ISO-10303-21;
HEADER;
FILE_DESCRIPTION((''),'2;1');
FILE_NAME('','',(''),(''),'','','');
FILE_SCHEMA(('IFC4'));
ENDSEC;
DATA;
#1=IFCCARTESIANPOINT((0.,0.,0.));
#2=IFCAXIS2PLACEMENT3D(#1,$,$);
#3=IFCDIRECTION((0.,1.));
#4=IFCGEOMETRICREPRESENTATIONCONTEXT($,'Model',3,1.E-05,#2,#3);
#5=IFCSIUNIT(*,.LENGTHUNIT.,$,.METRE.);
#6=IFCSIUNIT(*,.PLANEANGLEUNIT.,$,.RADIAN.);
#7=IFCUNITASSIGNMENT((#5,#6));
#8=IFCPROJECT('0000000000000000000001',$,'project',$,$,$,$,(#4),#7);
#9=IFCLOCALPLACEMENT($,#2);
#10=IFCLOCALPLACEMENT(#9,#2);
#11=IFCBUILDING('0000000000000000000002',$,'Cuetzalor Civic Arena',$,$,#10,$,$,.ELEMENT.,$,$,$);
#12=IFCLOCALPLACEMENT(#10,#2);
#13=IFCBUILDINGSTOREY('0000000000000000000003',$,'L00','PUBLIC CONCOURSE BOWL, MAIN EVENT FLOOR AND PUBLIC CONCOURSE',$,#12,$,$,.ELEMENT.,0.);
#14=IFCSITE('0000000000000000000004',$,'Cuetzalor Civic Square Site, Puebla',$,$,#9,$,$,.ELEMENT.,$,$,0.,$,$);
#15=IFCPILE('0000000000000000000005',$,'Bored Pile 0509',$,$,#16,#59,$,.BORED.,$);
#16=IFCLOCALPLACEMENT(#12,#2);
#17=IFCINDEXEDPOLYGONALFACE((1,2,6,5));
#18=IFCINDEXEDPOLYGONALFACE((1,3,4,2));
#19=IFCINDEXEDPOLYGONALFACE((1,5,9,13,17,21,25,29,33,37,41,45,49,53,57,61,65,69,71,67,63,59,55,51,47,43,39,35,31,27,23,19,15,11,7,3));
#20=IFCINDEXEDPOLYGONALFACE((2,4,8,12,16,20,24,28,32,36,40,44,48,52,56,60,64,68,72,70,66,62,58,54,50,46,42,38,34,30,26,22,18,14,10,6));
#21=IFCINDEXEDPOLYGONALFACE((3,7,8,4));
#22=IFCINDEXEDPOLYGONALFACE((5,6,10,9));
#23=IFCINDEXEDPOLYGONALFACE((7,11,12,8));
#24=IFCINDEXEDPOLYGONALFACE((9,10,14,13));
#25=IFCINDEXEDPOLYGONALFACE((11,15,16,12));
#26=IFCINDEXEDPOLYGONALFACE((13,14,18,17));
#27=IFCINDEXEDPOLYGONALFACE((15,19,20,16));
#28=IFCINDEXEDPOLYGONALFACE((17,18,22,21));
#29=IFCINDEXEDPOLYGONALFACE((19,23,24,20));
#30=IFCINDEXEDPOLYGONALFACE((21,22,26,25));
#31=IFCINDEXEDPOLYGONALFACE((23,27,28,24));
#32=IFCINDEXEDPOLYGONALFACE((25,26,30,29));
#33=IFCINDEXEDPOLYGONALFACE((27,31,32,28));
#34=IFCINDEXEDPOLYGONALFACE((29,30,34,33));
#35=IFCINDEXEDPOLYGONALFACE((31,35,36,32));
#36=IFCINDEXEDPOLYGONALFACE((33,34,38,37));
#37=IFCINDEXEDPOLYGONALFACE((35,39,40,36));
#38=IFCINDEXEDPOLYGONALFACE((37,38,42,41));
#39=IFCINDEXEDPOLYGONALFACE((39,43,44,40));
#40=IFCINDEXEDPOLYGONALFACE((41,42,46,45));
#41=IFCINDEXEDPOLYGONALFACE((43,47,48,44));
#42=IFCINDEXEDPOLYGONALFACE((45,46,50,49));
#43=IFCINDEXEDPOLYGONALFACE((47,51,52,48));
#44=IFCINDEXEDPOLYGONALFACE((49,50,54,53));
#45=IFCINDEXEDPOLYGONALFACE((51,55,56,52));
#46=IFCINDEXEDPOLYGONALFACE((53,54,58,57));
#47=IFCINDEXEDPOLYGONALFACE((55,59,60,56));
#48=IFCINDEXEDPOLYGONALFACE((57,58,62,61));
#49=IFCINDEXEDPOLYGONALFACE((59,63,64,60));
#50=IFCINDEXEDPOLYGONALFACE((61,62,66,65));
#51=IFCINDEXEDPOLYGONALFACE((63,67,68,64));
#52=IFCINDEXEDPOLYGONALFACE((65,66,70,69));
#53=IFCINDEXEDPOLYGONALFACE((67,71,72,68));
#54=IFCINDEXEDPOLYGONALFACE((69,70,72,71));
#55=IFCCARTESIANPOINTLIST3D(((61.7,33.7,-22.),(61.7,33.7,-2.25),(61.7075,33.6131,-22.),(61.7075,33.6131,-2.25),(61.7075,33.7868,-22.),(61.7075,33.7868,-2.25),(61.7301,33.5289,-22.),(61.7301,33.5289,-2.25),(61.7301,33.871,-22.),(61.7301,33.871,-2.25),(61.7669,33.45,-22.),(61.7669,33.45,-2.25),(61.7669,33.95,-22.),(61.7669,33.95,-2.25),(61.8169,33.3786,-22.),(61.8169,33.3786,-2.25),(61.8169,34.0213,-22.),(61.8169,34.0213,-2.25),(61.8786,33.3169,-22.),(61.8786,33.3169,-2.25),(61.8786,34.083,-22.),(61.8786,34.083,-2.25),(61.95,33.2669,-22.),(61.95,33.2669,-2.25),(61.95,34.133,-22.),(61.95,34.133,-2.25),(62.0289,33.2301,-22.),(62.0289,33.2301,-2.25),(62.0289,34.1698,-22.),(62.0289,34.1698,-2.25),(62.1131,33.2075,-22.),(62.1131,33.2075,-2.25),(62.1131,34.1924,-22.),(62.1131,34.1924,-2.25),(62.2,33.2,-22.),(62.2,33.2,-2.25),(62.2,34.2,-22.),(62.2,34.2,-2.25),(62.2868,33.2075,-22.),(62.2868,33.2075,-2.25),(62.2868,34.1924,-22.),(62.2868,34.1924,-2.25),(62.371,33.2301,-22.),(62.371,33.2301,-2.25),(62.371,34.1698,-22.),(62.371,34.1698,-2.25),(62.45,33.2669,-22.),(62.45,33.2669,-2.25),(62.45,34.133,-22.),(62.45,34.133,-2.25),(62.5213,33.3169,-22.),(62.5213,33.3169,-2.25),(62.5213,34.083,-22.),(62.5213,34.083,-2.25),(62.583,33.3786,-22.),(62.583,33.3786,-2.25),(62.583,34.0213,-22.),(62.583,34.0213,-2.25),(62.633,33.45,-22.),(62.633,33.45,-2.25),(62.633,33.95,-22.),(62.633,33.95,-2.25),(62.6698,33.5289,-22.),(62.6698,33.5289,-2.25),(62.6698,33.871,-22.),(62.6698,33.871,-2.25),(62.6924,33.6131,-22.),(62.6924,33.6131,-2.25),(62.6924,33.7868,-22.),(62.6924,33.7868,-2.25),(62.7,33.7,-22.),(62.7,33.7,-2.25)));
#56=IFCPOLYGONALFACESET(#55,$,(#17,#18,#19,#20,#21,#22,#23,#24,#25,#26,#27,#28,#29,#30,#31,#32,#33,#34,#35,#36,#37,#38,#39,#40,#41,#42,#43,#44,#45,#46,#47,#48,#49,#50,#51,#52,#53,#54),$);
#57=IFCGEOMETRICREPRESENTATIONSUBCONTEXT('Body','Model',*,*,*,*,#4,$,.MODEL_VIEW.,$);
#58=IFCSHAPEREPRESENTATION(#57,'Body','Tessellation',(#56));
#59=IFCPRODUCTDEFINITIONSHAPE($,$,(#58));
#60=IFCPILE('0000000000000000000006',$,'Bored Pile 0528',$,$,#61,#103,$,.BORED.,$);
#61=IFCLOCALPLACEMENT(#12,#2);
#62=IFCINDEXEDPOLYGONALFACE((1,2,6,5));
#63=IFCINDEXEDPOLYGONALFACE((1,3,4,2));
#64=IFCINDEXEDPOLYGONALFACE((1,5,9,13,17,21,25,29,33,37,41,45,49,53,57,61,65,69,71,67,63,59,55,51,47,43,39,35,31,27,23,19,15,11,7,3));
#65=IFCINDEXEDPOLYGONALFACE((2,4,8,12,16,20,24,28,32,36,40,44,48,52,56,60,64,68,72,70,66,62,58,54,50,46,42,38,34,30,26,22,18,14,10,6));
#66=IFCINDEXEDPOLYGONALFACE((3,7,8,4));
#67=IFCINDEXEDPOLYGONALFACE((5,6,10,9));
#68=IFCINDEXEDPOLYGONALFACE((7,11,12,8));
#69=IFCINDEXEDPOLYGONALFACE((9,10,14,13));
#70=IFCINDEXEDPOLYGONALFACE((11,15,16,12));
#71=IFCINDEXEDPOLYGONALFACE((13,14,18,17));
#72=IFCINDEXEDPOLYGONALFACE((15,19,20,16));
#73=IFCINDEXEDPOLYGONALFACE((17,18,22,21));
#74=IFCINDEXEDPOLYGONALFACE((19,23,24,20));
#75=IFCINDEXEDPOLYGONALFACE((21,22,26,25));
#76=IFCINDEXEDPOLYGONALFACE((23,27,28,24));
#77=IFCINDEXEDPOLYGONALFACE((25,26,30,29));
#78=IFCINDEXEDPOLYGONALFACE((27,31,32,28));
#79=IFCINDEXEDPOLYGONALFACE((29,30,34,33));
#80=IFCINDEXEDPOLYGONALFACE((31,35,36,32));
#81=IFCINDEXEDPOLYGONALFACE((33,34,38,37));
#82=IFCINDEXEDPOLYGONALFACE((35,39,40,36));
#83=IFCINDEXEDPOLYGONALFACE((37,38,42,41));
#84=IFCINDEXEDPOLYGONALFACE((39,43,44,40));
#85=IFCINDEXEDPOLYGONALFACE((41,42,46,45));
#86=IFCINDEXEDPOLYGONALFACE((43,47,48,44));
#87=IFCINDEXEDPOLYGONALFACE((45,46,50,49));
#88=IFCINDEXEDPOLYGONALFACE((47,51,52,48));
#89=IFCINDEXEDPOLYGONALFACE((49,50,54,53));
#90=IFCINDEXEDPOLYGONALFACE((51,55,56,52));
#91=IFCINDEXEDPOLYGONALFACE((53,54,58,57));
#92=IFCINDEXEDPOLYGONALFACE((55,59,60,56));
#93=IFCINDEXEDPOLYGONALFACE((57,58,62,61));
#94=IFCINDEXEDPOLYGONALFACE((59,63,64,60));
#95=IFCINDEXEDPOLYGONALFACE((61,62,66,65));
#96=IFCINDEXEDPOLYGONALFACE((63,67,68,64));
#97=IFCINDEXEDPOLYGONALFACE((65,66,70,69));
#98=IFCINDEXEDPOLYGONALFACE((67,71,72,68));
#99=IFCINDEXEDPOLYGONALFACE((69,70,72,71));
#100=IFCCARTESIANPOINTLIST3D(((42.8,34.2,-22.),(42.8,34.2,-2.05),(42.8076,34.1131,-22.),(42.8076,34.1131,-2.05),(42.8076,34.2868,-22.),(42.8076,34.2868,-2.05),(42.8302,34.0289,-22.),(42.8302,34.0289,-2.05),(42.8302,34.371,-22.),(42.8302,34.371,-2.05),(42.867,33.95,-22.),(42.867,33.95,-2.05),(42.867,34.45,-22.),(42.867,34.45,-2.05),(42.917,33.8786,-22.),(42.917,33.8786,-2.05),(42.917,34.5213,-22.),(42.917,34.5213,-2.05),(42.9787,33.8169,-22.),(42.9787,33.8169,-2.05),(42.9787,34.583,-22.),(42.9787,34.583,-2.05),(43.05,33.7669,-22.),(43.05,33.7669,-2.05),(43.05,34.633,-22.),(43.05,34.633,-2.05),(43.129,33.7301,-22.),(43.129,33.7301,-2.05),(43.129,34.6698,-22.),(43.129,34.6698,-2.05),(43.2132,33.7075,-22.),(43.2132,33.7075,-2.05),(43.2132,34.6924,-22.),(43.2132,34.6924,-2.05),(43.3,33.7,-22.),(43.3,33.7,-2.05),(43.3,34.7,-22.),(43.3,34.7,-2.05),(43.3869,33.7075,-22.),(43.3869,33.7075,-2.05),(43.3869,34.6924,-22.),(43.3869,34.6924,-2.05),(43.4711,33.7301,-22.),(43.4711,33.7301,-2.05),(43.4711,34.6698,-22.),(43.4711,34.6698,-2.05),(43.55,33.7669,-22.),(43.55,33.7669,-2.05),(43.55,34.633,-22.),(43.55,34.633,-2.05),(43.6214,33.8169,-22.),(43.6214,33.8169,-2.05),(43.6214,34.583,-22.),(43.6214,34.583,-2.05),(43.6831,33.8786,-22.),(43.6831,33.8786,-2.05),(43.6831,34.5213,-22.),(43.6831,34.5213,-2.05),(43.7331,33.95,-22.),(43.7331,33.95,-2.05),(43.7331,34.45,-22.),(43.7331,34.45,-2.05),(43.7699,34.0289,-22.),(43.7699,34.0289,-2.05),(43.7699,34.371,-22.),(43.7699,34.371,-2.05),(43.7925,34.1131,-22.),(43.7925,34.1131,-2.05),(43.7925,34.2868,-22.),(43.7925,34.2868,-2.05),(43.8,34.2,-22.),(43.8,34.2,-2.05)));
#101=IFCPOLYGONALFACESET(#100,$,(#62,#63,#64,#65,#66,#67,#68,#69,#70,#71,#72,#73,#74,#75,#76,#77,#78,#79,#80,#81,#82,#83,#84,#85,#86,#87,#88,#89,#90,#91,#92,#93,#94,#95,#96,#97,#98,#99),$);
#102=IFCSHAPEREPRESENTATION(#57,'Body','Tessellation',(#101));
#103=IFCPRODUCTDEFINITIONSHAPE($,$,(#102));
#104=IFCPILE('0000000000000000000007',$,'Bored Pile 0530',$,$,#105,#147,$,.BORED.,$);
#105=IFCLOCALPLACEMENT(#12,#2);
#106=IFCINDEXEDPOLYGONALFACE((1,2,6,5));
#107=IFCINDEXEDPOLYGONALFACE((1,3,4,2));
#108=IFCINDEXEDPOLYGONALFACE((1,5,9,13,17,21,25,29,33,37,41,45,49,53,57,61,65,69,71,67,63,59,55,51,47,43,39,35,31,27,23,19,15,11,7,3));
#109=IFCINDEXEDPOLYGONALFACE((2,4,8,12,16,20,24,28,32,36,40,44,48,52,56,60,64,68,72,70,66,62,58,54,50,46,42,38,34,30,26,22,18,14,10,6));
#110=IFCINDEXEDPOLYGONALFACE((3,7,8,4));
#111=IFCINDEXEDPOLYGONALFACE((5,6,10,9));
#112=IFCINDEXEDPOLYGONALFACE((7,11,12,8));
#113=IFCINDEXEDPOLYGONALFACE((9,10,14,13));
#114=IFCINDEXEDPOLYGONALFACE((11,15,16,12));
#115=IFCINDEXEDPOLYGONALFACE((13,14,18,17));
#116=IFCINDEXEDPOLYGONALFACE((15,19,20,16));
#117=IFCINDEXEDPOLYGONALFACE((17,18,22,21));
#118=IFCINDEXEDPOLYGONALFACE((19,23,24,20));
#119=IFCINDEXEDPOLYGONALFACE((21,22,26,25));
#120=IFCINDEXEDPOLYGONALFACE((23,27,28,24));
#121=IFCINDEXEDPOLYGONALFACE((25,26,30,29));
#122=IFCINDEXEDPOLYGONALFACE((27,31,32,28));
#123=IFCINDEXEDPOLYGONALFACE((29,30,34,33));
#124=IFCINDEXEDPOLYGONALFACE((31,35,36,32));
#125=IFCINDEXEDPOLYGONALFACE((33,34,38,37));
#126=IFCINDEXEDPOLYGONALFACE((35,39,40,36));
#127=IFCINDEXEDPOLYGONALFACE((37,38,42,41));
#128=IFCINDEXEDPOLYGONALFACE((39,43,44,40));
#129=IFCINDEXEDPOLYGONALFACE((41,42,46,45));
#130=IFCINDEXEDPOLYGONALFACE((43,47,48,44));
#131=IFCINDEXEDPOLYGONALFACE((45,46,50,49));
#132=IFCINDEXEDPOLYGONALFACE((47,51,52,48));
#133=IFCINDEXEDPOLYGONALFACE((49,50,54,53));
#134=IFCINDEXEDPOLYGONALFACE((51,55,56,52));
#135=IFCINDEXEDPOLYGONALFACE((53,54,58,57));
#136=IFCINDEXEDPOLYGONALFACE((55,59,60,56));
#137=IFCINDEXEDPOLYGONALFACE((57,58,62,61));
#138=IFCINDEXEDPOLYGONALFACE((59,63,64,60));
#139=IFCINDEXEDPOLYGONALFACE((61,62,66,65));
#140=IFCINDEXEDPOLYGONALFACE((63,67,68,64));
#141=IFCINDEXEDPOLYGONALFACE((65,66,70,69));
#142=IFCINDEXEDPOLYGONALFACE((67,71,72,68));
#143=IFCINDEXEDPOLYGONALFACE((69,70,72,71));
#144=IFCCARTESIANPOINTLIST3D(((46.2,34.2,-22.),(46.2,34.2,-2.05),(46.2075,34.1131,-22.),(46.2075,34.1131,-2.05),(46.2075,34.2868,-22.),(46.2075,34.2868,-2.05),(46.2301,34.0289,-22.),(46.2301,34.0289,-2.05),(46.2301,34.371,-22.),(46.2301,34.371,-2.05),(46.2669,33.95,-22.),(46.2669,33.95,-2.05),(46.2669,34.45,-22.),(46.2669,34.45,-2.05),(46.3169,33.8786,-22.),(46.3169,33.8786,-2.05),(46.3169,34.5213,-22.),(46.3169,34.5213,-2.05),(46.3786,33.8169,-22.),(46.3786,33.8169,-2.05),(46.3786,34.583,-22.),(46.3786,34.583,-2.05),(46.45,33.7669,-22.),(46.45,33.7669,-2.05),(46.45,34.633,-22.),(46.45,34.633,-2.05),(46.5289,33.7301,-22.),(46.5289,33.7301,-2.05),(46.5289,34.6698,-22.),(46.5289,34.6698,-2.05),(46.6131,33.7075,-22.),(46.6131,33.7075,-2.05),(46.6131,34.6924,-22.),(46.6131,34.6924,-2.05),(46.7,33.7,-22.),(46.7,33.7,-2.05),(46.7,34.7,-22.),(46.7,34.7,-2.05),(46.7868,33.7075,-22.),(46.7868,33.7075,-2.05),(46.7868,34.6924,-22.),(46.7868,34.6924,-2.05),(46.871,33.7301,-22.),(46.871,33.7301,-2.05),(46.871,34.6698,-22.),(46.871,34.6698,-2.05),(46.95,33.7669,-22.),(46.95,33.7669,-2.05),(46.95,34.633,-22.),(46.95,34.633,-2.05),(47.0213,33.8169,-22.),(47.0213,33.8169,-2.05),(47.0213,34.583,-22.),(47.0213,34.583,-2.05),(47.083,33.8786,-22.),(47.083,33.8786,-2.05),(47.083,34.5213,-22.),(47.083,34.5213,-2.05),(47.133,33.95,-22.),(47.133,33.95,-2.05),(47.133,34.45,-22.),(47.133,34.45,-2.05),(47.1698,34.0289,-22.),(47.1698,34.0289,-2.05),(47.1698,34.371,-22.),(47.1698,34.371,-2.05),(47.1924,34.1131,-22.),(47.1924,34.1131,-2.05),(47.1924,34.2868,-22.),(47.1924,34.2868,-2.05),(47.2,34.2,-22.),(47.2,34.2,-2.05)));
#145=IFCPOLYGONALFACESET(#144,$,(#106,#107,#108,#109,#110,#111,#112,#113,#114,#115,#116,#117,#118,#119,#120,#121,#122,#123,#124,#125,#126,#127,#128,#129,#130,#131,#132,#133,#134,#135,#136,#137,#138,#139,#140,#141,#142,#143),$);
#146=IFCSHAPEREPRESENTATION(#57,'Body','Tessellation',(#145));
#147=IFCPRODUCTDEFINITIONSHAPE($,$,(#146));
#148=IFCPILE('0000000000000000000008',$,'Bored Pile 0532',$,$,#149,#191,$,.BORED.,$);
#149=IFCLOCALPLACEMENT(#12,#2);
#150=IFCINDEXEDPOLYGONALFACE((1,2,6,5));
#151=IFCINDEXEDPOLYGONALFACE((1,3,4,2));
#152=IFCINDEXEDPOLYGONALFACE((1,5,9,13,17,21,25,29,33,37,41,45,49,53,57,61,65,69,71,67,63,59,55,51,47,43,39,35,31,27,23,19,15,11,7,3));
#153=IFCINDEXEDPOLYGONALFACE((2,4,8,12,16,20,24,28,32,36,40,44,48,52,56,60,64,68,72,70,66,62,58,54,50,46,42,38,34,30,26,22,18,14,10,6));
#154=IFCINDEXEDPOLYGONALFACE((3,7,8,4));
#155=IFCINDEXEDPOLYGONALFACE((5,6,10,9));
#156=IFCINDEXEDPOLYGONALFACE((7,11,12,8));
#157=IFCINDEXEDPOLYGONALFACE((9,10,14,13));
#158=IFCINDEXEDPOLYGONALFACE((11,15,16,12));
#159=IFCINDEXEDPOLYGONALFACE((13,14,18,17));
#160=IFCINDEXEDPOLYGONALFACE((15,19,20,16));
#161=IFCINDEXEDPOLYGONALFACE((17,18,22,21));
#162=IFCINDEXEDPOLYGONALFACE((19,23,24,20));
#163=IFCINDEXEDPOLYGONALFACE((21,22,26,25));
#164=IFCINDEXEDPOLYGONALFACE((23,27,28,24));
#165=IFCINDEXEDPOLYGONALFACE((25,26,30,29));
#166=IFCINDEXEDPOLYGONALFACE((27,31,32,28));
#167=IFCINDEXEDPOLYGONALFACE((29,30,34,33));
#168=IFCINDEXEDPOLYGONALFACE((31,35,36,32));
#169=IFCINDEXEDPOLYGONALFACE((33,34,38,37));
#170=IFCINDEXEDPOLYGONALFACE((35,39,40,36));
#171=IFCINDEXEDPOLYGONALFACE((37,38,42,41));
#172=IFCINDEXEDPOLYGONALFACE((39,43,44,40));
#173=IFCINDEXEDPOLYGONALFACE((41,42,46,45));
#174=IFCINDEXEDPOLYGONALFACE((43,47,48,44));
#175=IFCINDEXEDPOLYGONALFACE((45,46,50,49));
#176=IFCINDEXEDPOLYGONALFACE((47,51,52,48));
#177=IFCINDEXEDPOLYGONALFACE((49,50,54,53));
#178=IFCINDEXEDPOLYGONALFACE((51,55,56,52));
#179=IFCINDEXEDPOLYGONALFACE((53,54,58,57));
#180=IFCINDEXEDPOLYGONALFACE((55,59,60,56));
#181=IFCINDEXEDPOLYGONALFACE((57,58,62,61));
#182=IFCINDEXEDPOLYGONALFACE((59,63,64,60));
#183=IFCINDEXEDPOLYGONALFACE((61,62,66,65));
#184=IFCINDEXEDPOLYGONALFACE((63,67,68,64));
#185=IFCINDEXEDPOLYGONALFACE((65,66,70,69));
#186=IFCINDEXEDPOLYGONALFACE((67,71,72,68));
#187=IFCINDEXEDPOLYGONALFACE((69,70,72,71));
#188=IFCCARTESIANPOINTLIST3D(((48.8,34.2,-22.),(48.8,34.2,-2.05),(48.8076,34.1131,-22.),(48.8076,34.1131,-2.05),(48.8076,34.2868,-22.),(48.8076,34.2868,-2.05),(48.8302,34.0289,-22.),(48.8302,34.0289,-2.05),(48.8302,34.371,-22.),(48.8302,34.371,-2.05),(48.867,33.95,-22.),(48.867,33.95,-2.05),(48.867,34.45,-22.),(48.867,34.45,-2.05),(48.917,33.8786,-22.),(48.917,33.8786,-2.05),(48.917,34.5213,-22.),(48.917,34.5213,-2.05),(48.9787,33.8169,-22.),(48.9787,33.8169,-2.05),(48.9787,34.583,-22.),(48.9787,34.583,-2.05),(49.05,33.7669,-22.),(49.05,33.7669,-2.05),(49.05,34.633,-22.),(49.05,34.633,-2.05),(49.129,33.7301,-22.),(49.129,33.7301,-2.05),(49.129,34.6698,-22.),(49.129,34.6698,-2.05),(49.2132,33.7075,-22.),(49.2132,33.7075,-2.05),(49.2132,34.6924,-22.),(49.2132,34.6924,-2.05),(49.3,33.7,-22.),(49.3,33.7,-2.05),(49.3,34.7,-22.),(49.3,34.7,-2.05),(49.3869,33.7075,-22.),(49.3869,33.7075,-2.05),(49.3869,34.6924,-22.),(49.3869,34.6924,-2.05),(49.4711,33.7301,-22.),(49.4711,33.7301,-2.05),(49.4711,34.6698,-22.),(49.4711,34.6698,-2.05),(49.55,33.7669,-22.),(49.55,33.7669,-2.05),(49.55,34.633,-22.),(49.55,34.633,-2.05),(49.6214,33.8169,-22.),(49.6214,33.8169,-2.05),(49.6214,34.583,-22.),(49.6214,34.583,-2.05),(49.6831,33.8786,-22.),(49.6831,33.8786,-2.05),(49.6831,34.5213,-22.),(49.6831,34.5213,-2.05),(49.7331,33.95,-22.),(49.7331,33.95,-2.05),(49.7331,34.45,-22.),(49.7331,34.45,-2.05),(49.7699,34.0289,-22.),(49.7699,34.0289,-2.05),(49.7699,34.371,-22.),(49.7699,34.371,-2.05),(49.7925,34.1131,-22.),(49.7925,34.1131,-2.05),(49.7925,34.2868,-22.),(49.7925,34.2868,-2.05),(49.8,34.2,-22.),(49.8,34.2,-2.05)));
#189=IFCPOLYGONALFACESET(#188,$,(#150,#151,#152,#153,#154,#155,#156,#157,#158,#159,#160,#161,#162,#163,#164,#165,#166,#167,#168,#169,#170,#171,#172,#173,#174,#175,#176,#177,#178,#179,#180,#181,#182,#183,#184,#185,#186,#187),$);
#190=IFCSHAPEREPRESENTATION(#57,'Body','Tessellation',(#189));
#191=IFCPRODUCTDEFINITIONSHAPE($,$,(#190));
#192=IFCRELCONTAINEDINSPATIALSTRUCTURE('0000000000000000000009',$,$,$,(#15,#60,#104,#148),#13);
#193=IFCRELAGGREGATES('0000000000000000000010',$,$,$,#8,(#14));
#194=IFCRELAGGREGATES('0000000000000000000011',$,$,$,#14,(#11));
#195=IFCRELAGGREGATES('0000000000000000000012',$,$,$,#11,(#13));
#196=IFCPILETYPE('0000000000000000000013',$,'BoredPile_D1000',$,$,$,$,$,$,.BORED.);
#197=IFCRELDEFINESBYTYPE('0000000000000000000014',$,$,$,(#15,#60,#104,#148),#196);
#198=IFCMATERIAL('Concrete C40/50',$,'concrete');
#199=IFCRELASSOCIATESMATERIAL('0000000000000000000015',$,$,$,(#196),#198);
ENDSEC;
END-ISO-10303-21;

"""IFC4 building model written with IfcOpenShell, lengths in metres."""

from ifc_helpers import new_model, si_unit, direction, frame, origin, origin_2d, place, context, subcontext, project, spatial, circle, extrude, material, material_profile, profile_set, type_object, element, save


model = new_model("IFC4")

# Units and contexts
model_context = context("Model", 3, precision=1e-05, world=origin(), true_north=direction((0.0, 1.0)))
body_context = subcontext(model_context, "Body", "Model", "MODEL_VIEW")
ifc_project = project(units=[si_unit("LENGTHUNIT", "METRE"), si_unit("PLANEANGLEUNIT", "RADIAN")], contexts=[model_context])

# Site, building, storey
site_placement = place(None, origin())
site = spatial("IfcSite", under=ifc_project, at=site_placement, Name="Cuetzalor Civic Square Site, Puebla", CompositionType="ELEMENT", RefElevation=0.0)
building_placement = place(site_placement, origin())
building = spatial("IfcBuilding", under=site, at=building_placement, Name="Cuetzalor Civic Arena", CompositionType="ELEMENT")
storey_placement = place(building_placement, origin())
storey = spatial("IfcBuildingStorey", under=building, at=storey_placement, Name="L00", Description="PUBLIC CONCOURSE BOWL, MAIN EVENT FLOOR AND PUBLIC CONCOURSE", CompositionType="ELEMENT", Elevation=0.0)

# Piles
ifc_material_1 = material(Name="Concrete C40/50", Category="concrete")
ifc_material_profile_1 = material_profile(ifc_material_1, circle(Radius=0.5, at=origin_2d()), Name="BORED PILE D1000")
ifc_profile_set_1 = profile_set([ifc_material_profile_1], Name="Concrete C40/50")
pile_type_1 = type_object("IfcPileType", Name="BoredPile_D1000", PredefinedType="BORED", material=ifc_profile_set_1)
pile_1_placement = place(storey_placement, frame((62.2, 33.7, -2.25), z_axis=(0.0, 0.0, -1.0), x_axis=(1.0, 0.0, 0.0)))
element("IfcPile", 1, at=pile_1_placement, inside=storey, type_object=pile_type_1, Name="Bored Pile 0509", PredefinedType="BORED", context=body_context, shape_type="SweptSolid", body=[
    extrude(circle(Radius=0.5, at=origin_2d()), origin(), (0.0, 0.0, 1.0), 19.75),
])
for number, where, z_axis, x_axis, name in (
    (2, (43.3, 34.2, -2.05), (0.0, 0.0, -1.0), (1.0, 0.0, 0.0), "Bored Pile 0528"),
    (3, (46.7, 34.2, -2.05), (0.0, 0.0, -1.0), (1.0, 0.0, 0.0), "Bored Pile 0530"),
    (4, (49.3, 34.2, -2.05), (0.0, 0.0, -1.0), (1.0, 0.0, 0.0), "Bored Pile 0532"),
):
    element("IfcPile", number, at=place(storey_placement, frame(where, z_axis=z_axis, x_axis=x_axis)), inside=storey, type_object=pile_type_1, Name=name, PredefinedType="BORED", context=body_context, shape_type="SweptSolid", body=[
        extrude(circle(Radius=0.5, at=origin_2d()), origin(), (0.0, 0.0, 1.0), 19.95),
    ])

save(model, "model.ifc")
